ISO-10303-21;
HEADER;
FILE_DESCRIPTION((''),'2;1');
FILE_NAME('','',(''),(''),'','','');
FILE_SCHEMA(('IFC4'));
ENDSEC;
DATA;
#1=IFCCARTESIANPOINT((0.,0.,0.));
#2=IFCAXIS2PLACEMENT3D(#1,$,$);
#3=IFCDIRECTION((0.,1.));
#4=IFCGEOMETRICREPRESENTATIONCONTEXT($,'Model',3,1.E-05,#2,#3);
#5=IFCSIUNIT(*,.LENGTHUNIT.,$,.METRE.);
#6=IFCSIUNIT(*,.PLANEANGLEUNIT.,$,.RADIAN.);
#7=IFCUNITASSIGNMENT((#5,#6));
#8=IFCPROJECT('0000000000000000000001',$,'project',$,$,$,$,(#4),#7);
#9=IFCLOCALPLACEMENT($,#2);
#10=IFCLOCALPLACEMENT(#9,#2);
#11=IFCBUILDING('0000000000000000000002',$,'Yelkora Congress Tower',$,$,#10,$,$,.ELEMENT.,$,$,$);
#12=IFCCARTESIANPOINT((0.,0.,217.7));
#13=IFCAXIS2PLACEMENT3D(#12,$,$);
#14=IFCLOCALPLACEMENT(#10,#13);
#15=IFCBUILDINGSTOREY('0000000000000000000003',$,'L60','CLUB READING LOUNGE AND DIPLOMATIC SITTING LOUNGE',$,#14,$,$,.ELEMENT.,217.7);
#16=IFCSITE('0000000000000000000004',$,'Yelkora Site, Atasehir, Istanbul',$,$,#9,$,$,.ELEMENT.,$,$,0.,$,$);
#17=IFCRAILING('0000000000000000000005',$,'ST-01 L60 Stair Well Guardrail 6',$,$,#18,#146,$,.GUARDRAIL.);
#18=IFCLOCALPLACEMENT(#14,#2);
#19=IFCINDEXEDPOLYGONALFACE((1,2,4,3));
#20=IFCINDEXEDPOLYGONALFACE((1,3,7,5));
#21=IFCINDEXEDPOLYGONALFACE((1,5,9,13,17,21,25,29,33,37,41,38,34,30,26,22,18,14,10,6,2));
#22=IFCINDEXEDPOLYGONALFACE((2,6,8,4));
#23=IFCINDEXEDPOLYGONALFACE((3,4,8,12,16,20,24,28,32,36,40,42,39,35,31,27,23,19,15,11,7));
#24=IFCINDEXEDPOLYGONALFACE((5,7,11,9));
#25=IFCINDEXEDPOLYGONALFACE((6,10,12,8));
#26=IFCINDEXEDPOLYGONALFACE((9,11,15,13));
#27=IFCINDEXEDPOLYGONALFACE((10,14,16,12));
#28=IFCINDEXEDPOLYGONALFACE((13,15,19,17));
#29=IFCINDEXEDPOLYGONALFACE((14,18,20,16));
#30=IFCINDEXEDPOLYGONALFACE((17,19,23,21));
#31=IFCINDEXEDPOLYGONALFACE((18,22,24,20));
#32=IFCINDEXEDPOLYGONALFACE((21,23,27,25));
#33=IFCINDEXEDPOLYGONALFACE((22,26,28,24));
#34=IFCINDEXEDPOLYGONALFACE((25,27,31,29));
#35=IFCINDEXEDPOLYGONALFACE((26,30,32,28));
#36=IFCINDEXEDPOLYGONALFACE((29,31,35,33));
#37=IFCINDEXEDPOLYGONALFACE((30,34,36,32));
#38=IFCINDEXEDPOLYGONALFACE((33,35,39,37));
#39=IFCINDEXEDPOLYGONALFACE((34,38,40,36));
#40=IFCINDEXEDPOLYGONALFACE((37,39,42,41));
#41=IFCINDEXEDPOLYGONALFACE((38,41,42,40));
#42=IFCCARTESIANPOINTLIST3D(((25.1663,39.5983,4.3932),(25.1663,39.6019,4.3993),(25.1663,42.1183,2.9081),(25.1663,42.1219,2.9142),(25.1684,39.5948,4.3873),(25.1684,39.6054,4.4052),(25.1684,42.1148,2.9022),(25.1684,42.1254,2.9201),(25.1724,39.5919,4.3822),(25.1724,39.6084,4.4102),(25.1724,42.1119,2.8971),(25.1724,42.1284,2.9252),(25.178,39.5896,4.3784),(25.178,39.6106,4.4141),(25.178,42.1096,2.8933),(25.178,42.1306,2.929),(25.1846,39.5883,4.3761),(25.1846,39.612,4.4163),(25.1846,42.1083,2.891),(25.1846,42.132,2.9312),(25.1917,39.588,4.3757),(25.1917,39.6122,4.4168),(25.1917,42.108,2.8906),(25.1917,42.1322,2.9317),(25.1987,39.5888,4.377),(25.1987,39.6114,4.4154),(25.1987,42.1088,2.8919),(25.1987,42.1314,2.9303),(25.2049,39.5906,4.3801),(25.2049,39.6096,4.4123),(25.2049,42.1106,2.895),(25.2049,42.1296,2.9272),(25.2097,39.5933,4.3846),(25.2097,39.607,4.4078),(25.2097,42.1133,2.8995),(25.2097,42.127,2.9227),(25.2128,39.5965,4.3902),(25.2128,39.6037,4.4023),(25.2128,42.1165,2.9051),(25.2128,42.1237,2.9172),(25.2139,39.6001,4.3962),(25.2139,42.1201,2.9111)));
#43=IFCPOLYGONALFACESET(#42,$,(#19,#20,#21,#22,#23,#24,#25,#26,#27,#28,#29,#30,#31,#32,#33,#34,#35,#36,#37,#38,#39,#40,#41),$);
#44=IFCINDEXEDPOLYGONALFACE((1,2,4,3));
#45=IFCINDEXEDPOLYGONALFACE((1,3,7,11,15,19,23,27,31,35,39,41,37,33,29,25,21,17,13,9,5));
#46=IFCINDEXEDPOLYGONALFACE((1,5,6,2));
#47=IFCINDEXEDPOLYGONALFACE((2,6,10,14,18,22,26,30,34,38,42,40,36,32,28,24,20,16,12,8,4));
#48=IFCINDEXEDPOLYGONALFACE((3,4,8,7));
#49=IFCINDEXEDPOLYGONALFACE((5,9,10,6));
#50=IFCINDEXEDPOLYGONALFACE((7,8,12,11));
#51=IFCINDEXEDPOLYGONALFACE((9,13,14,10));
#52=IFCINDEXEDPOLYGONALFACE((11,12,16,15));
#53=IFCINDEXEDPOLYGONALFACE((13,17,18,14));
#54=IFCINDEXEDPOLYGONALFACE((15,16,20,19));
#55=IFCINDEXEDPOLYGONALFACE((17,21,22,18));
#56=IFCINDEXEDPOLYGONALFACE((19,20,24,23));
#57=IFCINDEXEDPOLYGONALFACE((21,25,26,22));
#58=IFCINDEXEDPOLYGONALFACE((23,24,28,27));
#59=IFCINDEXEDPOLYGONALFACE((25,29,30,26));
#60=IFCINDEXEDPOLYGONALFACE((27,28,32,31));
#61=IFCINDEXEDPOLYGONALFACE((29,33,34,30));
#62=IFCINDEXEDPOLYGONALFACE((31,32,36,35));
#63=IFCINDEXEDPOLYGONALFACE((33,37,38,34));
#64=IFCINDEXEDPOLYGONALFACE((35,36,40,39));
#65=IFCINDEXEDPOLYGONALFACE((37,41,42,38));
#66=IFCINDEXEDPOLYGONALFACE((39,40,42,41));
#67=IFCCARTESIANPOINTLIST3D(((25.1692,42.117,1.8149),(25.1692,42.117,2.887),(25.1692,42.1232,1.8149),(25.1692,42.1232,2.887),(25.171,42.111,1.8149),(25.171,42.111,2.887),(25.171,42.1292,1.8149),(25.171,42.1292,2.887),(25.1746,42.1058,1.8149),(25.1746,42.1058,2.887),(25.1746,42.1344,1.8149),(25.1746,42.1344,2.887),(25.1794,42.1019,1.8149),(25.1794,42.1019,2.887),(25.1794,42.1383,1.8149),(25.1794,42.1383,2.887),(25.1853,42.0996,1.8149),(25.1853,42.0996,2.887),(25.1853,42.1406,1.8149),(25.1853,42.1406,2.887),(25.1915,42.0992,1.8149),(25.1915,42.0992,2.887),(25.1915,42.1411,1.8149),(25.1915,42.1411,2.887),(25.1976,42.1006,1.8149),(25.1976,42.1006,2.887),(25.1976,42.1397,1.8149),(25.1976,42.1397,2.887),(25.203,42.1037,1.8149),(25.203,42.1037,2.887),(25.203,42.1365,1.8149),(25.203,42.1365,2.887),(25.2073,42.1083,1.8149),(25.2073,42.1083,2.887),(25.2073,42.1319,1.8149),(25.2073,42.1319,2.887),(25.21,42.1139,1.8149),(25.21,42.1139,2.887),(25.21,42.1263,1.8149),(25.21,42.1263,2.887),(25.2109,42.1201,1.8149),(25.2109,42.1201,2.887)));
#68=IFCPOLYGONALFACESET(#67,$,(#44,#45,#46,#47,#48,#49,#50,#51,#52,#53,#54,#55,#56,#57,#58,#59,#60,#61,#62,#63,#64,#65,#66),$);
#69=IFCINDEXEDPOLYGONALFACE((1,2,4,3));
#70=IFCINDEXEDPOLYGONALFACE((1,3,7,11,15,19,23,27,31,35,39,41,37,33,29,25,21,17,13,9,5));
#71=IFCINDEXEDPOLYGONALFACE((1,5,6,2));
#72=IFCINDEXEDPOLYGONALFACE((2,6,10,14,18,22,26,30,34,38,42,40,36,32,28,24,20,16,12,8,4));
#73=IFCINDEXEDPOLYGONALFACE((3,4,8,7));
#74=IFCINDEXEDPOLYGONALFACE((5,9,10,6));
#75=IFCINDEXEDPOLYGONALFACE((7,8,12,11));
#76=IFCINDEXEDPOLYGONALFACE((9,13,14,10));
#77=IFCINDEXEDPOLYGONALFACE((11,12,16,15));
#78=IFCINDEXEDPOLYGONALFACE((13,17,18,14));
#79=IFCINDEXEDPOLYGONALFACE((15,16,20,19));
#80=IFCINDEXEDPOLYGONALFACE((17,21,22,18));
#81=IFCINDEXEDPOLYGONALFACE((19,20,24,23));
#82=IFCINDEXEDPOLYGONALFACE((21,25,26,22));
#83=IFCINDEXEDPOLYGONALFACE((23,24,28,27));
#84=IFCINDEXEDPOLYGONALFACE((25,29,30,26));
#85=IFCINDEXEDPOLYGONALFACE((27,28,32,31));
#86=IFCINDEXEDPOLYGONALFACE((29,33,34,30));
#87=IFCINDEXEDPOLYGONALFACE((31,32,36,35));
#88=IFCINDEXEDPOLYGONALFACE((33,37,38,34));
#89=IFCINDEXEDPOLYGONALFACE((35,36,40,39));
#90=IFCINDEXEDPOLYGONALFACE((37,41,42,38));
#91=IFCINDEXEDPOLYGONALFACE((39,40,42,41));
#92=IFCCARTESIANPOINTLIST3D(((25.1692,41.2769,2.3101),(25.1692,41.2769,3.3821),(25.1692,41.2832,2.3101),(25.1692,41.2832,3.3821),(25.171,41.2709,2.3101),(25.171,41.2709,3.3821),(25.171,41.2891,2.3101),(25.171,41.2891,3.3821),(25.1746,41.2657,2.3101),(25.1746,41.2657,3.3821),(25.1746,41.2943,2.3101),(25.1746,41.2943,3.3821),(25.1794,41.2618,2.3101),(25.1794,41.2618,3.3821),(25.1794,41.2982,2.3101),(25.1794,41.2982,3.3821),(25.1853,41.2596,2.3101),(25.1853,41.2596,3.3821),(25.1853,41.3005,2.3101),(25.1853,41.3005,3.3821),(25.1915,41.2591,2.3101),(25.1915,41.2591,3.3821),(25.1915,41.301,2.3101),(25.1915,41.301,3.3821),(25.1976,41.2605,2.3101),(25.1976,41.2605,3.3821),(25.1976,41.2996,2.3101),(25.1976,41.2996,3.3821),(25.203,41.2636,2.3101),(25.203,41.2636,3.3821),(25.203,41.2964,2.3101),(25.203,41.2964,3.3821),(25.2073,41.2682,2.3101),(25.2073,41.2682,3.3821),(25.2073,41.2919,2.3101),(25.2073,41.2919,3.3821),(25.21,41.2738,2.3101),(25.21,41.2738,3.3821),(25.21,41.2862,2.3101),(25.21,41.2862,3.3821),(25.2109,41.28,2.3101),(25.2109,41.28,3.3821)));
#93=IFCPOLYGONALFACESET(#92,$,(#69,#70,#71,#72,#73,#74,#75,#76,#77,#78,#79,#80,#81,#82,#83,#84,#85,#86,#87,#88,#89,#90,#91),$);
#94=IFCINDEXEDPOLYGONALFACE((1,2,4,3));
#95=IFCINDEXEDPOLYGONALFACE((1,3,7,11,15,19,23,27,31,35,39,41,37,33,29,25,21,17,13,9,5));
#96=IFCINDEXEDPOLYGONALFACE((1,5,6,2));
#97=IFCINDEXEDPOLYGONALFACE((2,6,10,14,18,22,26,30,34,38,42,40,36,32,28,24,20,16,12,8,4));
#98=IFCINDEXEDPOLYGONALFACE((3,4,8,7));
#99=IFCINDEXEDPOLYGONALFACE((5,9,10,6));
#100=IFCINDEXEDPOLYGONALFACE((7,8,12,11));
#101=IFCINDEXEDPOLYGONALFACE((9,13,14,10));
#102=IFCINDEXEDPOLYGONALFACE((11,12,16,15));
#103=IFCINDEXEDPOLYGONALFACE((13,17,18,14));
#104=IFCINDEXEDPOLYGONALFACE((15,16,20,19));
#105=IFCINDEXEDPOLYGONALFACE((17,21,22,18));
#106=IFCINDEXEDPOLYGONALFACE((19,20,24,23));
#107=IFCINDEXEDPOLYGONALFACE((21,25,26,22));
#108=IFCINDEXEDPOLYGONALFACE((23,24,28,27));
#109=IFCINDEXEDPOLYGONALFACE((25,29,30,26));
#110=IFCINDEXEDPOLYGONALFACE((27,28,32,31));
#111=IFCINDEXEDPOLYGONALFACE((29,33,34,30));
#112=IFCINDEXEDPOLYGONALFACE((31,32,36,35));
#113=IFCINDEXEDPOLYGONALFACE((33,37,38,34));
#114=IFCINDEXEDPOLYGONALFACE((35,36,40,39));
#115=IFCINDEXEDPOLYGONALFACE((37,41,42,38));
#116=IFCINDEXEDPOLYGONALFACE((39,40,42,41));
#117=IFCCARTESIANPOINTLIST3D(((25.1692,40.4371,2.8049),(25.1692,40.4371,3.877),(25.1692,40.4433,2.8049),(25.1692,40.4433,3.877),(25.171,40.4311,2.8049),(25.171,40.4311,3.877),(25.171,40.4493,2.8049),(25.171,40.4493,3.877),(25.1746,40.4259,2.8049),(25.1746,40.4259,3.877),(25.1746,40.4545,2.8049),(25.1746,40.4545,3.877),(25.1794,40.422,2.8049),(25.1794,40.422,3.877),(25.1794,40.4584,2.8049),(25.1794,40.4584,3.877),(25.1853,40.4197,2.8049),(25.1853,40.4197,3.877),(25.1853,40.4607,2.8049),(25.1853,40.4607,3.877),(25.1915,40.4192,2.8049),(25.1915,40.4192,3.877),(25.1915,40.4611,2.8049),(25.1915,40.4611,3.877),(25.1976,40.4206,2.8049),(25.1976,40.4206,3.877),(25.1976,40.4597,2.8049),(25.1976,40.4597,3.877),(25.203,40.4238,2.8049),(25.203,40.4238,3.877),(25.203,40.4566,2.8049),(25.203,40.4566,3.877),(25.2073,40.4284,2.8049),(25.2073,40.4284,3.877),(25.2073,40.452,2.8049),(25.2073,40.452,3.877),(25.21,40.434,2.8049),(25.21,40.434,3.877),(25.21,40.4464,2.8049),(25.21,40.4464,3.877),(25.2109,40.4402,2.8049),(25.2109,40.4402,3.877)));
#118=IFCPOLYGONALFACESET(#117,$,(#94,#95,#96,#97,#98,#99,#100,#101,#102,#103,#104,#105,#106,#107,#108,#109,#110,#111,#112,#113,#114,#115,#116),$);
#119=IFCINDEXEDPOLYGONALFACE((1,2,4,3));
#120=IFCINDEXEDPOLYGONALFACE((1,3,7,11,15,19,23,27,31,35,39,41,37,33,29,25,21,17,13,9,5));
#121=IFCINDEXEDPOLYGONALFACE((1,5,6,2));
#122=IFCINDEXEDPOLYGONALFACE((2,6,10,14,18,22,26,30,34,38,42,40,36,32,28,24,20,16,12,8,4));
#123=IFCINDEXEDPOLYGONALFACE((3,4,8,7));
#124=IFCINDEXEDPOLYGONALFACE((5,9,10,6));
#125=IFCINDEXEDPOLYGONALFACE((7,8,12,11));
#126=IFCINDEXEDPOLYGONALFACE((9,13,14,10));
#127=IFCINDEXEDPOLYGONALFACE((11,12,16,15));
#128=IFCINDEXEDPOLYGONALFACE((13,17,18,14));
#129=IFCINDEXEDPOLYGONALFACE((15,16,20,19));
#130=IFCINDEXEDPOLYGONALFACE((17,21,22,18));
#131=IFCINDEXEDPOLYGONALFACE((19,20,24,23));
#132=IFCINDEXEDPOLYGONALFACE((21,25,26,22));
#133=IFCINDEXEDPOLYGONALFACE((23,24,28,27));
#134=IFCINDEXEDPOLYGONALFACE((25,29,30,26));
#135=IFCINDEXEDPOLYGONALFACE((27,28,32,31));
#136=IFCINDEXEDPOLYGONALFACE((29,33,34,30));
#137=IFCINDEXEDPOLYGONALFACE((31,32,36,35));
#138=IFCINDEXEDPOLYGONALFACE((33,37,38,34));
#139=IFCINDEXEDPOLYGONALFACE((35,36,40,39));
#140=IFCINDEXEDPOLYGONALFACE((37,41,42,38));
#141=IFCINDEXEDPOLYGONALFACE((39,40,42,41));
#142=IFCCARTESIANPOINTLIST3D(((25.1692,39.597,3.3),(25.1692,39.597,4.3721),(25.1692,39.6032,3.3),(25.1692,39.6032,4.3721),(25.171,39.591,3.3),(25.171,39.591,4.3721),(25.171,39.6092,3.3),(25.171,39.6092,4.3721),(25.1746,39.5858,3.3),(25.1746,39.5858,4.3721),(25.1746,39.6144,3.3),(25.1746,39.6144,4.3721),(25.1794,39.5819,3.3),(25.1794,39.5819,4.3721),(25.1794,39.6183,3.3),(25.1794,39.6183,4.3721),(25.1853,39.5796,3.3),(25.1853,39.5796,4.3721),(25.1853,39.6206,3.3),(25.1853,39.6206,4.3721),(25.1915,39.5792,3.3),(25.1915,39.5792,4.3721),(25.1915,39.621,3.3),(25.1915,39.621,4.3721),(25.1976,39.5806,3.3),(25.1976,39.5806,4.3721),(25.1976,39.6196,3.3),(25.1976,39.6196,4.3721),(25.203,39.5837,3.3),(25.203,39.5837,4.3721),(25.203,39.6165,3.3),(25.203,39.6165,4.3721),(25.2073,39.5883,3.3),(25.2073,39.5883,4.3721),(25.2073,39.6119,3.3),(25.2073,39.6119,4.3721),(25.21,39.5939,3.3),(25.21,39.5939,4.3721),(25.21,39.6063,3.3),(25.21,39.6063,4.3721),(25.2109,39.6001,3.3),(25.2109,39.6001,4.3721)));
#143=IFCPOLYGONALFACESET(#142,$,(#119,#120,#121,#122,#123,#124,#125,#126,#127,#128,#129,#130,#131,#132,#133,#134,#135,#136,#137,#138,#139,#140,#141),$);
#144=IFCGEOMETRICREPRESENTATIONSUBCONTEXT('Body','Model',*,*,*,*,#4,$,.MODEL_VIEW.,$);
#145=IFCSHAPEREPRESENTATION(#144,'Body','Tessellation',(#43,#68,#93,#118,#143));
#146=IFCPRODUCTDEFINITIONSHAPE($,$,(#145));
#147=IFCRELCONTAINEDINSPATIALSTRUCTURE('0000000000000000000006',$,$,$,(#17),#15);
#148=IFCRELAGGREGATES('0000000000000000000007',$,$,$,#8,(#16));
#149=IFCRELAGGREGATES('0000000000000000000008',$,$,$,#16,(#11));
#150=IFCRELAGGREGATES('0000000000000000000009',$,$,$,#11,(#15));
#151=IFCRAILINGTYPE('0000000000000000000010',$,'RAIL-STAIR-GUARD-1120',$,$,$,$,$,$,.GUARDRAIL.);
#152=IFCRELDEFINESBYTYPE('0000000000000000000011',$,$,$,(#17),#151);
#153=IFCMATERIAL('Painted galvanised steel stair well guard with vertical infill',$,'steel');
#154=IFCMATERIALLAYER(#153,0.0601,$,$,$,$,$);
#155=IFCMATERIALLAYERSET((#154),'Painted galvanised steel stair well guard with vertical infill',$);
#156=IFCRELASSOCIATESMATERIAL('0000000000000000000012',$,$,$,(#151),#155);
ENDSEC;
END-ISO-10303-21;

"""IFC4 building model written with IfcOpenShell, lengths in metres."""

from ifc_helpers import new_model, si_unit, direction, frame, origin, origin_2d, place, context, subcontext, project, spatial, circle, extrude, material, layer, layer_set, type_object, element, save


model = new_model("IFC4")

# Units and contexts
model_context = context("Model", 3, precision=1e-05, world=origin(), true_north=direction((0.0, 1.0)))
body_context = subcontext(model_context, "Body", "Model", "MODEL_VIEW")
ifc_project = project(units=[si_unit("LENGTHUNIT", "METRE"), si_unit("PLANEANGLEUNIT", "RADIAN")], contexts=[model_context])

# Site, building, storey
site_placement = place(None, origin())
site = spatial("IfcSite", under=ifc_project, at=site_placement, Name="Yelkora Site, Atasehir, Istanbul", CompositionType="ELEMENT", RefElevation=0.0)
building_placement = place(site_placement, origin())
building = spatial("IfcBuilding", under=site, at=building_placement, Name="Yelkora Congress Tower", CompositionType="ELEMENT")
storey_placement = place(building_placement, frame((0.0, 0.0, 217.7)))
storey = spatial("IfcBuildingStorey", under=building, at=storey_placement, Name="L60", Description="CLUB READING LOUNGE AND DIPLOMATIC SITTING LOUNGE", CompositionType="ELEMENT", Elevation=217.7)

# Railing
ifc_material_1 = material(Name="Painted galvanised steel stair well guard with vertical infill", Category="steel")
ifc_layer_1 = layer(ifc_material_1, 0.0601)
ifc_layer_set_1 = layer_set([ifc_layer_1], Name="Painted galvanised steel stair well guard with vertical infill")
railing_type_1 = type_object("IfcRailingType", Name="RAIL-STAIR-GUARD-1120", PredefinedType="GUARDRAIL", material=ifc_layer_set_1)
railing_1_placement = place(storey_placement, frame((25.1899, 42.1201, 1.8149)))
element("IfcRailing", 1, at=railing_1_placement, inside=storey, type_object=railing_type_1, Name="ST-01 L60 Stair Well Guardrail 6", PredefinedType="GUARDRAIL", context=body_context, shape_type="SweptSolid", body=[
    extrude(circle(Radius=0.0239, at=origin_2d()), frame((0.0, 0.0, 1.0962), z_axis=(0.0, -0.861524, 0.507717), x_axis=(1.0, 0.0, 0.0)), (0.0, 0.0, 1.0), 2.925),
    extrude(circle(Radius=0.021, at=origin_2d()), origin(), (0.0, 0.0, 1.0), 1.072),
    extrude(circle(Radius=0.021, at=origin_2d()), frame((0.0, -0.8401, 0.4951)), (0.0, 0.0, 1.0), 1.072),
    extrude(circle(Radius=0.021, at=origin_2d()), frame((0.0, -1.6799, 0.99)), (0.0, 0.0, 1.0), 1.072),
    extrude(circle(Radius=0.021, at=origin_2d()), frame((0.0, -2.52, 1.4851)), (0.0, 0.0, 1.0), 1.072),
])

save(model, "model.ifc")
